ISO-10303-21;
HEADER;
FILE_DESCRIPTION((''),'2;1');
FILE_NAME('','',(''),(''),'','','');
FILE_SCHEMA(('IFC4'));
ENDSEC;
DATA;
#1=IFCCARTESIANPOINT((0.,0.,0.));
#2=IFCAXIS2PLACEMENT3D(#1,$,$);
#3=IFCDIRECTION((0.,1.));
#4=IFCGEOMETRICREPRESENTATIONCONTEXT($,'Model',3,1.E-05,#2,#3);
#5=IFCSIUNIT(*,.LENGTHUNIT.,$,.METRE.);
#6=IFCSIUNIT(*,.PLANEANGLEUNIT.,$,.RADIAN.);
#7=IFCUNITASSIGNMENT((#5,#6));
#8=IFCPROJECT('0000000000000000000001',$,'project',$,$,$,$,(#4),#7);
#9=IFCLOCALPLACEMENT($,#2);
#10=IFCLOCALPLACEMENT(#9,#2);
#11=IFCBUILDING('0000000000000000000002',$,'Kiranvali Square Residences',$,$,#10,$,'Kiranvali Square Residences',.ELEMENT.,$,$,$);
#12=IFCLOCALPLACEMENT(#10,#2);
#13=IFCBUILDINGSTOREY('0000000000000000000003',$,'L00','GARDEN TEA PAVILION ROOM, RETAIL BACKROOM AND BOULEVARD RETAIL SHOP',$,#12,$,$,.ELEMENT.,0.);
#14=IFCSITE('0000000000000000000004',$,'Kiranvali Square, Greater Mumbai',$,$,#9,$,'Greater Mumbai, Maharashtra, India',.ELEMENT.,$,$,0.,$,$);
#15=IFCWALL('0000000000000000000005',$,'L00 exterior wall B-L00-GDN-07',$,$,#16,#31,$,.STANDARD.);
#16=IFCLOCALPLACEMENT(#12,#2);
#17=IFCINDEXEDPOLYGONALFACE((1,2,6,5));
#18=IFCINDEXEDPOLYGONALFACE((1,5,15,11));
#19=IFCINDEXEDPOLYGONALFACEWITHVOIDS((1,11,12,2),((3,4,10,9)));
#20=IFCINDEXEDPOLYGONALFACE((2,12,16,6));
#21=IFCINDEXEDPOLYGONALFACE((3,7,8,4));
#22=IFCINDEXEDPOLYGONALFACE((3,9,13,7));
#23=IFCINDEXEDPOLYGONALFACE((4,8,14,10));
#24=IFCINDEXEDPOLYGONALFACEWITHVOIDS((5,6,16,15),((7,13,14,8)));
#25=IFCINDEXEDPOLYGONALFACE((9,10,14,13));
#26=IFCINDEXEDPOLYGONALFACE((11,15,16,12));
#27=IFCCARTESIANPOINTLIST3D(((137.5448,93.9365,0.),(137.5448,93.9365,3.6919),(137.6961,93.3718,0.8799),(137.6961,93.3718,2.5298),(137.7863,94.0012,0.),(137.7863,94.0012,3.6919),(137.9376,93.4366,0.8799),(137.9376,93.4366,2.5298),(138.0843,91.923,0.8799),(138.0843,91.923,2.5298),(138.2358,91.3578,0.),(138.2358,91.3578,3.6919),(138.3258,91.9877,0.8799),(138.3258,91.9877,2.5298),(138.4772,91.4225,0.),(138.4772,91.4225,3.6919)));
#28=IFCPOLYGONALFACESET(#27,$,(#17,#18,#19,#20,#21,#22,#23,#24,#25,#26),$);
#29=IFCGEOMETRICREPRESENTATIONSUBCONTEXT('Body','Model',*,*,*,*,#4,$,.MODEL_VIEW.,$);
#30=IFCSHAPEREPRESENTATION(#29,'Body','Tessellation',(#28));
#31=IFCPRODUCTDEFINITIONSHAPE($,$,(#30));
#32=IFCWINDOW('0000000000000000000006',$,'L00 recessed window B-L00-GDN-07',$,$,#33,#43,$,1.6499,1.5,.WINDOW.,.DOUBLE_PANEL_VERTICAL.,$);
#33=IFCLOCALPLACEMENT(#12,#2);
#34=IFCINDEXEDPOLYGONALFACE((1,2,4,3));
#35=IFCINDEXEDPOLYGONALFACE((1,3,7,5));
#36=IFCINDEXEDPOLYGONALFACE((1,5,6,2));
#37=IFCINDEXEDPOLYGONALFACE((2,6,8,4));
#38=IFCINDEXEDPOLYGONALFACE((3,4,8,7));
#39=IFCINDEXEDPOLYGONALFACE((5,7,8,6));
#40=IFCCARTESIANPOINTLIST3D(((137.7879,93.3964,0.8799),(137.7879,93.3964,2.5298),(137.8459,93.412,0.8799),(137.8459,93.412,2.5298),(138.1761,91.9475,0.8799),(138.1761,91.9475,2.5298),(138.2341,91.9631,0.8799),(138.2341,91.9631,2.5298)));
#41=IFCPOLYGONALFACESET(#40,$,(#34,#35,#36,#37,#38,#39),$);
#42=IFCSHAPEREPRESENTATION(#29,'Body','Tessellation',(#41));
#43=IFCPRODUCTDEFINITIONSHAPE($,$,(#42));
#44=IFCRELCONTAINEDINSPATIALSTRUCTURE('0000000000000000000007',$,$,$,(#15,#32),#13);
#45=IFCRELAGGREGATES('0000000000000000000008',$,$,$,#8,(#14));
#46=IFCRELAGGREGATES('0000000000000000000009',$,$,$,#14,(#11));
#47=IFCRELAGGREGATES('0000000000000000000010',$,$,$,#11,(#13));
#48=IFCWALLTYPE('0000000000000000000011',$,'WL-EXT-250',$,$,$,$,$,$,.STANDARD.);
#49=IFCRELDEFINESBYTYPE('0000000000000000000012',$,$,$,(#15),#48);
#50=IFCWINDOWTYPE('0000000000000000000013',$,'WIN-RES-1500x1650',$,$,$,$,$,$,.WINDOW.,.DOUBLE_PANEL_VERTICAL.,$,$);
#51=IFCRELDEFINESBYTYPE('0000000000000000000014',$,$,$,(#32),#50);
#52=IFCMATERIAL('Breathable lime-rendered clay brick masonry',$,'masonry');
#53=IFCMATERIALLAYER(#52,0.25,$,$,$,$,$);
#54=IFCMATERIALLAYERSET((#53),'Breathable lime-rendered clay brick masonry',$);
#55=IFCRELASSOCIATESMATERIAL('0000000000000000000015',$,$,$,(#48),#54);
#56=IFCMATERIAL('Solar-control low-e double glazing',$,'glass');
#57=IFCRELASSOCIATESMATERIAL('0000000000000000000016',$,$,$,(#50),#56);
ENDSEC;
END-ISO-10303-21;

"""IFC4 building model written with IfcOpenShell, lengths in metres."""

from ifc_helpers import new_model, si_unit, direction, frame, frame_2d, origin, place, context, subcontext, project, spatial, rectangle, extrude, material, layer, layer_set, type_object, element, fill, save


model = new_model("IFC4")

# Units and contexts
model_context = context("Model", 3, precision=1e-05, world=origin(), true_north=direction((0.0, 1.0)))
body_context = subcontext(model_context, "Body", "Model", "MODEL_VIEW")
ifc_project = project(units=[si_unit("LENGTHUNIT", "METRE"), si_unit("PLANEANGLEUNIT", "RADIAN")], contexts=[model_context])

# Site, building, storey
site_placement = place(None, origin())
site = spatial("IfcSite", under=ifc_project, at=site_placement, Name="Kiranvali Square, Greater Mumbai", LongName="Greater Mumbai, Maharashtra, India", CompositionType="ELEMENT", RefElevation=0.0)
building_placement = place(site_placement, origin())
building = spatial("IfcBuilding", under=site, at=building_placement, Name="Kiranvali Square Residences", LongName="Kiranvali Square Residences", CompositionType="ELEMENT")
storey_placement = place(building_placement, origin())
storey = spatial("IfcBuildingStorey", under=building, at=storey_placement, Name="L00", Description="GARDEN TEA PAVILION ROOM, RETAIL BACKROOM AND BOULEVARD RETAIL SHOP", CompositionType="ELEMENT", Elevation=0.0)

# Wall, opening, window
ifc_material_1 = material(Name="Breathable lime-rendered clay brick masonry", Category="masonry")
ifc_layer_1 = layer(ifc_material_1, 0.25)
ifc_layer_set_1 = layer_set([ifc_layer_1], Name="Breathable lime-rendered clay brick masonry")
wall_type_1 = type_object("IfcWallType", Name="WL-EXT-250", PredefinedType="STANDARD", material=ifc_layer_set_1)
wall_1_placement = place(storey_placement, frame((137.6655, 93.969, 0.0), z_axis=(0.0, 0.0, 1.0), x_axis=(0.258812, -0.965928, 0.0)))
wall_1 = element("IfcWall", 1, at=wall_1_placement, inside=storey, type_object=wall_type_1, Name="L00 exterior wall B-L00-GDN-07", PredefinedType="STANDARD", context=body_context, shape_type="SweptSolid", body=[
    extrude(rectangle(XDim=2.6697, YDim=0.25, at=frame_2d((1.335, 0.0))), origin(), (0.0, 0.0, 1.0), 3.6919),
])
opening_1_placement = place(wall_1_placement, frame((0.5847, 0.0, 0.8799)))
opening_1 = element("IfcOpeningElement", 2, at=opening_1_placement, cuts=wall_1, PredefinedType="OPENING", context=body_context, shape_type="SweptSolid", body=[
    extrude(rectangle(XDim=1.5, YDim=1.6499, at=frame_2d((0.75, 0.825))), frame((0.0, 0.135, 0.0), z_axis=(0.0, -1.0, 0.0), x_axis=(1.0, 0.0, 0.0)), (0.0, 0.0, 1.0), 0.27),
])
ifc_material_2 = material(Name="Solar-control low-e double glazing", Category="glass")
window_type = type_object("IfcWindowType", Name="WIN-RES-1500x1650", PartitioningType="DOUBLE_PANEL_VERTICAL", PredefinedType="WINDOW", material=ifc_material_2)
window_placement = place(opening_1_placement, origin())
window = element("IfcWindow", 3, at=window_placement, inside=storey, type_object=window_type, Name="L00 recessed window B-L00-GDN-07", OverallHeight=1.6499, OverallWidth=1.5, PartitioningType="DOUBLE_PANEL_VERTICAL", PredefinedType="WINDOW", context=body_context, shape_type="SweptSolid", body=[
    extrude(rectangle(XDim=1.5, YDim=1.6499, at=frame_2d((0.75, 0.825))), frame((0.0, 0.03, 0.0), z_axis=(0.0, -1.0, 0.0), x_axis=(1.0, 0.0, 0.0)), (0.0, 0.0, 1.0), 0.0601),
])
fill(opening_1, window)

save(model, "model.ifc")
